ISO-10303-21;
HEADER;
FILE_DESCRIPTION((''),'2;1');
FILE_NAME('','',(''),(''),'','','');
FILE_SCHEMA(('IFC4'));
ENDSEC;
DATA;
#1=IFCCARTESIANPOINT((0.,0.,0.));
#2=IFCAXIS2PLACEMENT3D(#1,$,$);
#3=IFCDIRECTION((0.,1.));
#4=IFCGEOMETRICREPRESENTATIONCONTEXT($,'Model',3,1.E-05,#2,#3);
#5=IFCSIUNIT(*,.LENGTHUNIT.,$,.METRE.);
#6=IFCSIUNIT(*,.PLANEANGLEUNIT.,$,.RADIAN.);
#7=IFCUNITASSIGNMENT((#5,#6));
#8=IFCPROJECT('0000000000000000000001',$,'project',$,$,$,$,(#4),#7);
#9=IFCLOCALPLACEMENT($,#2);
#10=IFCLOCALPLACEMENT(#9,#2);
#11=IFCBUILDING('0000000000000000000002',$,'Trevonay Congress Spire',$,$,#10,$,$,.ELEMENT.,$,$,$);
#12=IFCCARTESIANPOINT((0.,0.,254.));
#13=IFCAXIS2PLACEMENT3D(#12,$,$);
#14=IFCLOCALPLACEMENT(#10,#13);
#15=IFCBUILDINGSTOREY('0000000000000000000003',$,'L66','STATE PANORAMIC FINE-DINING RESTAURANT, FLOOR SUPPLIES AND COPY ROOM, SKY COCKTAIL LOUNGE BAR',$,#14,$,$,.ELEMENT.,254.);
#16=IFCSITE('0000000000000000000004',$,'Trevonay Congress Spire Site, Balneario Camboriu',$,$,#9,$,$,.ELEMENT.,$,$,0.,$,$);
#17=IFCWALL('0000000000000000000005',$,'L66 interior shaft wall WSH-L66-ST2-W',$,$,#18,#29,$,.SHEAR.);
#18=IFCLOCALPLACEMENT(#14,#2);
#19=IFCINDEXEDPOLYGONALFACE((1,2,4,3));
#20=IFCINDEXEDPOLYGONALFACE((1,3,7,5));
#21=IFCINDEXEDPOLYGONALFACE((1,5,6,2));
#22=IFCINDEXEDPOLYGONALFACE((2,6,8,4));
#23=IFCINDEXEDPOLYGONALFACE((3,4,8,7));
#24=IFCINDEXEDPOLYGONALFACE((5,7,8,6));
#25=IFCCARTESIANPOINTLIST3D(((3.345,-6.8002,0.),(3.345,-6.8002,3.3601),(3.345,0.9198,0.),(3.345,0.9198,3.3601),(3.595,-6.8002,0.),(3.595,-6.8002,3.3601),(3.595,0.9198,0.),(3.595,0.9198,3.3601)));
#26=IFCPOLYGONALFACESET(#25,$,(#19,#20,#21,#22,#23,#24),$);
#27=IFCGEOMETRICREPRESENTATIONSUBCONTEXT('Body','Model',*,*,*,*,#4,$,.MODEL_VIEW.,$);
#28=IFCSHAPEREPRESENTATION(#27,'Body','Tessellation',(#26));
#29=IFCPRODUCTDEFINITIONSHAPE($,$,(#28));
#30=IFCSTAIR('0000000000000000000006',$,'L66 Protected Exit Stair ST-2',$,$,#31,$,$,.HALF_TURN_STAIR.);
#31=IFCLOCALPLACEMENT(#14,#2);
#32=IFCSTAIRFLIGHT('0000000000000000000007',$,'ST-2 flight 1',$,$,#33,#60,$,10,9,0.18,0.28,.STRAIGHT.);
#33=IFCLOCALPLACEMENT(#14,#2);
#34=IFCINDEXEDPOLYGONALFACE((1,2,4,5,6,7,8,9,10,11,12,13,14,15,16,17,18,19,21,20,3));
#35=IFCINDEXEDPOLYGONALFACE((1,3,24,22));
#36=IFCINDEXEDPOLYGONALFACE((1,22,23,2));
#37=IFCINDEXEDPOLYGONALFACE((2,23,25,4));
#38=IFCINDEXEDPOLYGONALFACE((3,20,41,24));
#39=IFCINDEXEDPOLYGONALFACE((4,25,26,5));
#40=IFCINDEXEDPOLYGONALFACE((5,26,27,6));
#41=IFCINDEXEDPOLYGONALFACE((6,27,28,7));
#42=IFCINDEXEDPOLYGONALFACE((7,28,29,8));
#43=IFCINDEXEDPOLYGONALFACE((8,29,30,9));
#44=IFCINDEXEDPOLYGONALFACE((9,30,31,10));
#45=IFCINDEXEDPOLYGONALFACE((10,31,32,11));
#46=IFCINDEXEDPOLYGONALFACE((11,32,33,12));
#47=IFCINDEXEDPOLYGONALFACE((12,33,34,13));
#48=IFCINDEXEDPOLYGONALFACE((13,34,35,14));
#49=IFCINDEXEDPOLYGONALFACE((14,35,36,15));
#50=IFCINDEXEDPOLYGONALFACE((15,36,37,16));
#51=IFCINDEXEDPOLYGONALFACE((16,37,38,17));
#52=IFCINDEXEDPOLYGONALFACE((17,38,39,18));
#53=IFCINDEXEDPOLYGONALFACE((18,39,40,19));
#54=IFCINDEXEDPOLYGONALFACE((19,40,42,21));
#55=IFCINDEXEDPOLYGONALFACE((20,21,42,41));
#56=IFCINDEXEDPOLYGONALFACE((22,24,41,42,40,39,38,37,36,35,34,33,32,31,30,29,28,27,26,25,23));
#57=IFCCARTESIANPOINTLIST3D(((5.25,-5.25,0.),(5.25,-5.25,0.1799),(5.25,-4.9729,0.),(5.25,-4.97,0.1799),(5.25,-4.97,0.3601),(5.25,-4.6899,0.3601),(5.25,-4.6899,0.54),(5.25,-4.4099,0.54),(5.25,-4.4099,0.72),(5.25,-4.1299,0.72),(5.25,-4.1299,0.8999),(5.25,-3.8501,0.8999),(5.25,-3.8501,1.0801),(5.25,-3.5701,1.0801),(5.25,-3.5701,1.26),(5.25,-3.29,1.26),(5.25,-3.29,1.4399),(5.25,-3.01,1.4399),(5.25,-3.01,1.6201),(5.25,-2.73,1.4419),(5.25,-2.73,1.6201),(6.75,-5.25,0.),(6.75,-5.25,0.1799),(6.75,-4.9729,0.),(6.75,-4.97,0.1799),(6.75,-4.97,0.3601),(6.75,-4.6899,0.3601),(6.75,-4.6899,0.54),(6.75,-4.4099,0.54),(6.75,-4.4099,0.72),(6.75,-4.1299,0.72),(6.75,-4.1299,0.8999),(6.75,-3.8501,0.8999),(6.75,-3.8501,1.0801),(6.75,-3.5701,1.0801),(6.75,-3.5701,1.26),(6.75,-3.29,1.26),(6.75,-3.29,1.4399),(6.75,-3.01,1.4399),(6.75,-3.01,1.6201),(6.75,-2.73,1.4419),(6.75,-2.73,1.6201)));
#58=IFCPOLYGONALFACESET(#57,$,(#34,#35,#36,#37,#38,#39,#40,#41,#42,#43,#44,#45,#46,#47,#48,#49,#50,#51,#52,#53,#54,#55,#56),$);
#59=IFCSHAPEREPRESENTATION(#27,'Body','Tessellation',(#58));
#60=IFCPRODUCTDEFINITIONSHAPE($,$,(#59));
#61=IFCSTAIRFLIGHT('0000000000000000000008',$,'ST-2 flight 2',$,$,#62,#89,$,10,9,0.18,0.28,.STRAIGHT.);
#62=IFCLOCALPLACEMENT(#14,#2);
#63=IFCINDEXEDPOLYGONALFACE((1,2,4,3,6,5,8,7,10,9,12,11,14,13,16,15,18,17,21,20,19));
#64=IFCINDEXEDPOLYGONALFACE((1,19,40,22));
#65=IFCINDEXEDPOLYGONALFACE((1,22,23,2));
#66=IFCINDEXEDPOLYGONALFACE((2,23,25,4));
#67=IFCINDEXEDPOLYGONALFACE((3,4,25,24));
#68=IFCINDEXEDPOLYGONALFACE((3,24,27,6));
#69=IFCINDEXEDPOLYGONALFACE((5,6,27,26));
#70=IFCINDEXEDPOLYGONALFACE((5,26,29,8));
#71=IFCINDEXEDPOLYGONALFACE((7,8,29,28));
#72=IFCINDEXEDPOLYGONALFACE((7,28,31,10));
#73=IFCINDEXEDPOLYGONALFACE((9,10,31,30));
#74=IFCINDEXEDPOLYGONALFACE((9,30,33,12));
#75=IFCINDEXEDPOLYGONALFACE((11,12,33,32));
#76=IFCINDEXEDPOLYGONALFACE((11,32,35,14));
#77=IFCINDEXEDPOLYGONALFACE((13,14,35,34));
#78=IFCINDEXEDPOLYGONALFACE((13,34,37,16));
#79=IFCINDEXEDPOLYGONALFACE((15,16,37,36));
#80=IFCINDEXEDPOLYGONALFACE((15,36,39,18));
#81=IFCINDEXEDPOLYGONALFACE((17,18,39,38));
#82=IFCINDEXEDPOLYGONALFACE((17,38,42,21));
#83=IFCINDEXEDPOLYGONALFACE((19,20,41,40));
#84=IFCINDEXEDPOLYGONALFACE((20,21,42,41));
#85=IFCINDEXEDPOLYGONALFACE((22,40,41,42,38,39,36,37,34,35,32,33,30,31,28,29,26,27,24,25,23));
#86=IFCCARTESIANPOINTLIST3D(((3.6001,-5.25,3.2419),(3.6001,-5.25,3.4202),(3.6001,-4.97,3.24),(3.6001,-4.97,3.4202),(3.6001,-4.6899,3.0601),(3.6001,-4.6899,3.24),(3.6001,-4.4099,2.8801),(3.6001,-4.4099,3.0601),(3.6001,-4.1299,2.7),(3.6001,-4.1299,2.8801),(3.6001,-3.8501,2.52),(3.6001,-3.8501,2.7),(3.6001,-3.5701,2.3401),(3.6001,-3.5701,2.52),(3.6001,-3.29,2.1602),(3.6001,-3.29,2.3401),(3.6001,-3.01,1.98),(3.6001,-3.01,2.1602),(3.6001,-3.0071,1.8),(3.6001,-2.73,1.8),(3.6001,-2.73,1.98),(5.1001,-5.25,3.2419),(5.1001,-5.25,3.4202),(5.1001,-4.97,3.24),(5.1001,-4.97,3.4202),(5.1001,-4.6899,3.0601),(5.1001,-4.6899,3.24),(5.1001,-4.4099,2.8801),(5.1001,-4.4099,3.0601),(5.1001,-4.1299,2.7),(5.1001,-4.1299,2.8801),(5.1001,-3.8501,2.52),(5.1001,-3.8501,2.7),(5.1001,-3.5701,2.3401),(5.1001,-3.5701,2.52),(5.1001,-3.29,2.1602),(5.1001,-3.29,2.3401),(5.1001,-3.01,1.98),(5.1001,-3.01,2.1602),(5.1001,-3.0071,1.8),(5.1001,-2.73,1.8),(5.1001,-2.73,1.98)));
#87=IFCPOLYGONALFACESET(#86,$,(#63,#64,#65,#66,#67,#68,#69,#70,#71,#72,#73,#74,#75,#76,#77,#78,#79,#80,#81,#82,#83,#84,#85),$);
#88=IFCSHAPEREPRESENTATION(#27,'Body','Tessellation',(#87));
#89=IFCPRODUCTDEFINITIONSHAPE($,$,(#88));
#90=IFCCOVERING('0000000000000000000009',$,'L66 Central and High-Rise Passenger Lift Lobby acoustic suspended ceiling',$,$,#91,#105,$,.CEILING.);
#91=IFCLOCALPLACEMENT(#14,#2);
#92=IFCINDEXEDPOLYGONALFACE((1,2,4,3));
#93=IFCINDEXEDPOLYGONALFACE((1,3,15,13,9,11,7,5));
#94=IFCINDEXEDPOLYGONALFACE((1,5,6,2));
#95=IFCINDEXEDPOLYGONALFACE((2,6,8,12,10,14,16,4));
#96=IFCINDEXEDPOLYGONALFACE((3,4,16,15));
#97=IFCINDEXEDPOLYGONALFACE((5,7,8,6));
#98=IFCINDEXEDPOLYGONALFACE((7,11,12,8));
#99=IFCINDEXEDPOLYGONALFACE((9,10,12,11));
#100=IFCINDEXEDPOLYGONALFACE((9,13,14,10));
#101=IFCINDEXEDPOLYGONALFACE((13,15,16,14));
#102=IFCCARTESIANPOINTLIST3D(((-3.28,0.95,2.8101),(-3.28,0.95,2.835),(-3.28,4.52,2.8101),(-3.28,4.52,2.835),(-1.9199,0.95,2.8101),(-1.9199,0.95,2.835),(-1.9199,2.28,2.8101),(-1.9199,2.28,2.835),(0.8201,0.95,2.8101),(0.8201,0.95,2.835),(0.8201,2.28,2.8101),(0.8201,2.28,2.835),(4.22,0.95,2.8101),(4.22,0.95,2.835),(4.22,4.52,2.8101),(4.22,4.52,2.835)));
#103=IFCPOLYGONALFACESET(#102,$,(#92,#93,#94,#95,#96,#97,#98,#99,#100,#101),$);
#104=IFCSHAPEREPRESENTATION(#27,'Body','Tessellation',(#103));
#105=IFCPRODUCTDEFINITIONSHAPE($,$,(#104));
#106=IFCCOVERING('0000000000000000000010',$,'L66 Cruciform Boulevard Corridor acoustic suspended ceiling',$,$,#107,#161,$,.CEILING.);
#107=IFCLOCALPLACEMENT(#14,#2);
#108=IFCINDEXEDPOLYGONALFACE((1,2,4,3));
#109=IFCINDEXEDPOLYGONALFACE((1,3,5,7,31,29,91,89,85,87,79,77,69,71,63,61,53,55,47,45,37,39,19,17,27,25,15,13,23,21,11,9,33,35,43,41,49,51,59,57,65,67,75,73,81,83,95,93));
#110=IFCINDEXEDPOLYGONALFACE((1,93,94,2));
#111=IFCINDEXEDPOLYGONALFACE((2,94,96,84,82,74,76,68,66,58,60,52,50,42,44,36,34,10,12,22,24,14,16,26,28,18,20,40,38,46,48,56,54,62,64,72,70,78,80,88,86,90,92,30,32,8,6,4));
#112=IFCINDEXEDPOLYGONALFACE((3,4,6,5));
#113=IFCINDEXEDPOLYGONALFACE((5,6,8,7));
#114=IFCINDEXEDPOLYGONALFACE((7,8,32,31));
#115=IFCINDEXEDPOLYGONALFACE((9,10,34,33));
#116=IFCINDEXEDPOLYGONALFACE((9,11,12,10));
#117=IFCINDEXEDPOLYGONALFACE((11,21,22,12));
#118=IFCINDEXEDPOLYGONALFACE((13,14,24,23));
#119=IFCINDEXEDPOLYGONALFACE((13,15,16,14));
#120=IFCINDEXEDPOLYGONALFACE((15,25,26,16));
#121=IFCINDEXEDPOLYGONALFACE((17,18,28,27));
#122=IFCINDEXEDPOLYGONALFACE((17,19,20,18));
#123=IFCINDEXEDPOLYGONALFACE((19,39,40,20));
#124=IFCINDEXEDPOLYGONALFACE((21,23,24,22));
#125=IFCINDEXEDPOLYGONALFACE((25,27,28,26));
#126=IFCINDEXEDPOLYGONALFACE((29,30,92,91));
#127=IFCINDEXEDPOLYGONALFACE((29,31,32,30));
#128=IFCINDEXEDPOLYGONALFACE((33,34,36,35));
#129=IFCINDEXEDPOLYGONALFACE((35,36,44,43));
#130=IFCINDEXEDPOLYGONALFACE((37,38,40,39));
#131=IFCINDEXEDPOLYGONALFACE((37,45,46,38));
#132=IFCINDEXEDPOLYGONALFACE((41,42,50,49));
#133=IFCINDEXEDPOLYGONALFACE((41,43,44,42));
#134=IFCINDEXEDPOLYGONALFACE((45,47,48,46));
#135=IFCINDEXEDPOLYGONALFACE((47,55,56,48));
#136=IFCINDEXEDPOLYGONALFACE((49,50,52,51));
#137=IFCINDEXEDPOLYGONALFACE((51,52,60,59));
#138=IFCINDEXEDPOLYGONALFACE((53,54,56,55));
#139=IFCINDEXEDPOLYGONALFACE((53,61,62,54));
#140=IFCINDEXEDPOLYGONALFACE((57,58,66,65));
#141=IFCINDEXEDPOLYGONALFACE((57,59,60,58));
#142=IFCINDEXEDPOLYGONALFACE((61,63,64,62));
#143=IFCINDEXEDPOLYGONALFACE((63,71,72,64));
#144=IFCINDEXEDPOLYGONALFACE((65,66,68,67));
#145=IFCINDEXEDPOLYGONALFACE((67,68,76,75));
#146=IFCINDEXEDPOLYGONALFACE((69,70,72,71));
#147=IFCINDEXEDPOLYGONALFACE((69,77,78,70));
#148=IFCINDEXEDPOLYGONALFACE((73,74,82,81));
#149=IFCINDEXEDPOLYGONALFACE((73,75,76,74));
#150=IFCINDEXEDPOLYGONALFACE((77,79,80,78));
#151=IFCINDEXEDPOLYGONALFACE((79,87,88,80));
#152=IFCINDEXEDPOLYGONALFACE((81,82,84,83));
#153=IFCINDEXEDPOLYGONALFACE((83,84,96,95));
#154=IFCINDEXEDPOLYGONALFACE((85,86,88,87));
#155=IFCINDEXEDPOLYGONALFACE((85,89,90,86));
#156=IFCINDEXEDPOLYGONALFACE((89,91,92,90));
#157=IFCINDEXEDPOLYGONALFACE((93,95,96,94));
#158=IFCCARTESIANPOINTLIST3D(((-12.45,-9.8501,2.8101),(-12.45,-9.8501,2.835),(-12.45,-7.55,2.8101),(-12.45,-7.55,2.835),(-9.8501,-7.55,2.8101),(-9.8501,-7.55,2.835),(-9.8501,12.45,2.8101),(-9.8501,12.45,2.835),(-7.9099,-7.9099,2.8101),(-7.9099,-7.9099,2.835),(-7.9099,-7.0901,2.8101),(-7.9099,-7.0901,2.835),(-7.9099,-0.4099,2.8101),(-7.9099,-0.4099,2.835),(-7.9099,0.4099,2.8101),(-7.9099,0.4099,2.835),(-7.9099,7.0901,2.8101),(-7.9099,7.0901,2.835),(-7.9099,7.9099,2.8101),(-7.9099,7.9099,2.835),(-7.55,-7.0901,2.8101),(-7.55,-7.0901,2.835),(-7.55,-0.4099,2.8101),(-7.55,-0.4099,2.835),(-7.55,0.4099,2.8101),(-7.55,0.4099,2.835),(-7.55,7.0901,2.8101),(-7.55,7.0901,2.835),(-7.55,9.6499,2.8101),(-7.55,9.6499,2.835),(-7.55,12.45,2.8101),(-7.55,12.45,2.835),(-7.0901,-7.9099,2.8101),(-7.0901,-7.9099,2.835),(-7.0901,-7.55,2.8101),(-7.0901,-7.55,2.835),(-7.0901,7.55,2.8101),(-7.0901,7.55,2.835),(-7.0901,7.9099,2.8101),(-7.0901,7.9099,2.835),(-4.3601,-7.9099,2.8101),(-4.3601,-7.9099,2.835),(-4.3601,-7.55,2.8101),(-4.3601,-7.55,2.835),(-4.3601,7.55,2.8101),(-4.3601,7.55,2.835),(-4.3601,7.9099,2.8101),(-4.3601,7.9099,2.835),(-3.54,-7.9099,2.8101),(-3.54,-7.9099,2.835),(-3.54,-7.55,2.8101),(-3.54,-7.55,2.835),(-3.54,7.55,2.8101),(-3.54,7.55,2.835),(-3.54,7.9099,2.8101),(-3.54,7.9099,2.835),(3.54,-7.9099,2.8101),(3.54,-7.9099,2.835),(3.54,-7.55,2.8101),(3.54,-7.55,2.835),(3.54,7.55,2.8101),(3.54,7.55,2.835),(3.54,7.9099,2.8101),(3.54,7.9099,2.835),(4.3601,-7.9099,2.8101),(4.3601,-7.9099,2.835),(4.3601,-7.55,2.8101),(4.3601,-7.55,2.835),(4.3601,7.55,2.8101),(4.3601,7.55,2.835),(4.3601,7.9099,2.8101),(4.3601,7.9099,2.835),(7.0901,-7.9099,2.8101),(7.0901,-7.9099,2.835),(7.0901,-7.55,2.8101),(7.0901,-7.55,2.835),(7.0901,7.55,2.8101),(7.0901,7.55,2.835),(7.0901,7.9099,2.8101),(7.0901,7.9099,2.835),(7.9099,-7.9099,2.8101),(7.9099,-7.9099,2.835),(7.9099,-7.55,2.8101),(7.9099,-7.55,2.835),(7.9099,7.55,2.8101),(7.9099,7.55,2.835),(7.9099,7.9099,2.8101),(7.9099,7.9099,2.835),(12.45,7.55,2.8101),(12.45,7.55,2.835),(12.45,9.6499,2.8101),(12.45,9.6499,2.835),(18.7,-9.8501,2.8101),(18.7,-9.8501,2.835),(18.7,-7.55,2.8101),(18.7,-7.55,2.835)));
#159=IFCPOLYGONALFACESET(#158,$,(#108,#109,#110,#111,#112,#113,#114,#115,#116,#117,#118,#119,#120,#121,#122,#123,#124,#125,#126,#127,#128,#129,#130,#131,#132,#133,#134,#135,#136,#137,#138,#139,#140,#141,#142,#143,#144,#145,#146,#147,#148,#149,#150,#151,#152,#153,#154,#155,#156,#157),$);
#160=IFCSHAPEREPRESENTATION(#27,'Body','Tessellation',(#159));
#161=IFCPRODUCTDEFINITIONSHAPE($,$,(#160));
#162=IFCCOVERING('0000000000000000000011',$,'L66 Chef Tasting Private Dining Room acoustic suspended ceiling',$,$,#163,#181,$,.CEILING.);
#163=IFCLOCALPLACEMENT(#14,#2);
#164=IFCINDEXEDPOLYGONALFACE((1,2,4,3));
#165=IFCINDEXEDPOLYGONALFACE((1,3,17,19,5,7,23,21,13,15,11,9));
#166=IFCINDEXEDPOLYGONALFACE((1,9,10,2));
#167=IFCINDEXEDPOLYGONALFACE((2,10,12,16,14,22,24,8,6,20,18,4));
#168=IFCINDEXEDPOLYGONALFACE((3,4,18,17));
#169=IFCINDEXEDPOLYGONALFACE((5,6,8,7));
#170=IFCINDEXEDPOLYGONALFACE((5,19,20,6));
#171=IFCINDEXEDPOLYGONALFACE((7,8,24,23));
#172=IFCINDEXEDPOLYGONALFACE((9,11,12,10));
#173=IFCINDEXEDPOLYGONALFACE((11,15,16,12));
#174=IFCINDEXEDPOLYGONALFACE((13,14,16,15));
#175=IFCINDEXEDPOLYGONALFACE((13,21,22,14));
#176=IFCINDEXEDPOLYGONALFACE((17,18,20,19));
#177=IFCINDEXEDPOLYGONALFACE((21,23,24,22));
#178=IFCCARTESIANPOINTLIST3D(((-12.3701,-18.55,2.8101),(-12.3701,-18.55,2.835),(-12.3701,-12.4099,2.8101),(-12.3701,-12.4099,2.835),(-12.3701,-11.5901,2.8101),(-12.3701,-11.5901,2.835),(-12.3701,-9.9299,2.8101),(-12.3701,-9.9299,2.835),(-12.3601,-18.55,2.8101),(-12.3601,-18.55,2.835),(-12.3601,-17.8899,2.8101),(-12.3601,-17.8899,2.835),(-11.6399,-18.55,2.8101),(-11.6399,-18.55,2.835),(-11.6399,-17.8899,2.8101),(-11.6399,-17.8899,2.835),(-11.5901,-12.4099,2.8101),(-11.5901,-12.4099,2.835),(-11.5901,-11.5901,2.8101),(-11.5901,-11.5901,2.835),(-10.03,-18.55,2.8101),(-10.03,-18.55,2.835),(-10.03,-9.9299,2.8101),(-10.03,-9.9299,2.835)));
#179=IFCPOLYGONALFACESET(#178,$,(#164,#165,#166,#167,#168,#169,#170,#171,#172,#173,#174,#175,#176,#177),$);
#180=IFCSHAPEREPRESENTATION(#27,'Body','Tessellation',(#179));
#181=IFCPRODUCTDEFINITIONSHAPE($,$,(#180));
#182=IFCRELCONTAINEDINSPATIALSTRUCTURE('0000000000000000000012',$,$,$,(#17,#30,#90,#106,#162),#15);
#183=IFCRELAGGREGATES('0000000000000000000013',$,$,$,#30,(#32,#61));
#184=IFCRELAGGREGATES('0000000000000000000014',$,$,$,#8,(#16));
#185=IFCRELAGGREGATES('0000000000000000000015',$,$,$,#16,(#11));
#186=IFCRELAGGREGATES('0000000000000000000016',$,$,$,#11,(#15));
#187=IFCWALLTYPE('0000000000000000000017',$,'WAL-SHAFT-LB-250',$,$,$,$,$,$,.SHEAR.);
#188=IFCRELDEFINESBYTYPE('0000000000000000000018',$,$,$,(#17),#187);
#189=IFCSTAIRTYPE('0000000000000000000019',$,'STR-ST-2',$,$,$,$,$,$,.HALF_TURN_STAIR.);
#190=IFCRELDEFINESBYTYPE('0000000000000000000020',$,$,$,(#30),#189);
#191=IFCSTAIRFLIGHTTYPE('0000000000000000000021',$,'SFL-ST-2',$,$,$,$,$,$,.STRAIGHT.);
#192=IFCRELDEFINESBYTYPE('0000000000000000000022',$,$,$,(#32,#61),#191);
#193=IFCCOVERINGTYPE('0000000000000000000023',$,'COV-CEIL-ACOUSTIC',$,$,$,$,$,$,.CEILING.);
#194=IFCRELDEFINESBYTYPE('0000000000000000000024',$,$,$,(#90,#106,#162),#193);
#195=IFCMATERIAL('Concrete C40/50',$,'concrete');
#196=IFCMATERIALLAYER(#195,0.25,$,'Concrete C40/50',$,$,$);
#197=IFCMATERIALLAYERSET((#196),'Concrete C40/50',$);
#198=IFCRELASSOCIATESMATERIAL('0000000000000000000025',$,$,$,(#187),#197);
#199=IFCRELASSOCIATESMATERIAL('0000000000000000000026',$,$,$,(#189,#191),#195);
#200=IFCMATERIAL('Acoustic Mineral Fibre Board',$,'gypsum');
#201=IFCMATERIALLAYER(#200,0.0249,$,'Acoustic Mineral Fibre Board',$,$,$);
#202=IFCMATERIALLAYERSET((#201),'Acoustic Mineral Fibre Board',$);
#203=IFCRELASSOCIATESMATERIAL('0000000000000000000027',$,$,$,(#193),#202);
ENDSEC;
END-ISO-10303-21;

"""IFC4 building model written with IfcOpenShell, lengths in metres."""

from ifc_helpers import new_model, si_unit, direction, frame, frame_2d, origin, place, context, subcontext, project, spatial, polyline, rectangle, outline, extrude, material, layer, layer_set, type_object, element, aggregate, save


model = new_model("IFC4")

# Units and contexts
model_context = context("Model", 3, precision=1e-05, world=origin(), true_north=direction((0.0, 1.0)))
body_context = subcontext(model_context, "Body", "Model", "MODEL_VIEW")
ifc_project = project(units=[si_unit("LENGTHUNIT", "METRE"), si_unit("PLANEANGLEUNIT", "RADIAN")], contexts=[model_context])

# Site, building, storey
site_placement = place(None, origin())
site = spatial("IfcSite", under=ifc_project, at=site_placement, Name="Trevonay Congress Spire Site, Balneario Camboriu", CompositionType="ELEMENT", RefElevation=0.0)
building_placement = place(site_placement, origin())
building = spatial("IfcBuilding", under=site, at=building_placement, Name="Trevonay Congress Spire", CompositionType="ELEMENT")
storey_placement = place(building_placement, frame((0.0, 0.0, 254.0)))
storey = spatial("IfcBuildingStorey", under=building, at=storey_placement, Name="L66", Description="STATE PANORAMIC FINE-DINING RESTAURANT, FLOOR SUPPLIES AND COPY ROOM, SKY COCKTAIL LOUNGE BAR", CompositionType="ELEMENT", Elevation=254.0)

# Wall
ifc_material_1 = material(Name="Concrete C40/50", Category="concrete")
ifc_layer_1 = layer(ifc_material_1, 0.25, Name="Concrete C40/50")
ifc_layer_set_1 = layer_set([ifc_layer_1], Name="Concrete C40/50")
wall_type_1 = type_object("IfcWallType", Name="WAL-SHAFT-LB-250", PredefinedType="SHEAR", material=ifc_layer_set_1)
wall_1_placement = place(storey_placement, frame((3.47, -6.8, 0.0), z_axis=(0.0, 0.0, 1.0), x_axis=(0.0, 1.0, 0.0)))
element("IfcWall", 1, at=wall_1_placement, inside=storey, type_object=wall_type_1, Name="L66 interior shaft wall WSH-L66-ST2-W", PredefinedType="SHEAR", context=body_context, shape_type="SweptSolid", body=[
    extrude(rectangle(XDim=7.72, YDim=0.25, at=frame_2d((3.8599, 0.0))), origin(), (0.0, 0.0, 1.0), 3.3601),
])

# Stair, stair flights
stair_type = type_object("IfcStairType", Name="STR-ST-2", PredefinedType="HALF_TURN_STAIR", material=ifc_material_1)
stair_placement = place(storey_placement, origin())
stair = element("IfcStair", 2, at=stair_placement, inside=storey, type_object=stair_type, Name="L66 Protected Exit Stair ST-2", PredefinedType="HALF_TURN_STAIR")
stair_flight_type = type_object("IfcStairFlightType", Name="SFL-ST-2", PredefinedType="STRAIGHT", material=ifc_material_1)
stair_flight_1_placement = place(storey_placement, frame((6.0, -5.25, 0.0), z_axis=(0.0, 0.0, 1.0), x_axis=(0.0, 1.0, 0.0)))
stair_flight_1 = element("IfcStairFlight", 3, at=stair_flight_1_placement, type_object=stair_flight_type, Name="ST-2 flight 1", NumberOfRisers=10, NumberOfTreads=9, PredefinedType="STRAIGHT", RiserHeight=0.18, TreadLength=0.28, context=body_context, shape_type="SweptSolid", body=[
    extrude(outline(polyline([(0.0, 0.0), (0.0, 0.1799), (0.28, 0.1799), (0.28, 0.3601), (0.5601, 0.3601), (0.5601, 0.54), (0.8401, 0.54), (0.8401, 0.72), (1.1201, 0.72), (1.1201, 0.8999), (1.3999, 0.8999), (1.3999, 1.0801), (1.6799, 1.0801), (1.6799, 1.26), (1.96, 1.26), (1.96, 1.4399), (2.24, 1.4399), (2.24, 1.6201), (2.52, 1.6201), (2.52, 1.8), (2.52, 1.4419), (0.2771, 0.0), (0.0, 0.0)])), frame((0.0, 0.75, 0.0), z_axis=(0.0, -1.0, 0.0), x_axis=(1.0, 0.0, 0.0)), (0.0, 0.0, 1.0), 1.5),
])
stair_flight_2_placement = place(storey_placement, frame((4.3501, -2.73, 1.8), z_axis=(0.0, 0.0, 1.0), x_axis=(0.0, -1.0, 0.0)))
stair_flight_2 = element("IfcStairFlight", 4, at=stair_flight_2_placement, type_object=stair_flight_type, Name="ST-2 flight 2", NumberOfRisers=10, NumberOfTreads=9, PredefinedType="STRAIGHT", RiserHeight=0.18, TreadLength=0.28, context=body_context, shape_type="SweptSolid", body=[
    extrude(outline(polyline([(0.0, 0.0), (0.0, 0.1799), (0.28, 0.1799), (0.28, 0.3601), (0.5601, 0.3601), (0.5601, 0.54), (0.8401, 0.54), (0.8401, 0.72), (1.1201, 0.72), (1.1201, 0.8999), (1.3999, 0.8999), (1.3999, 1.0801), (1.6799, 1.0801), (1.6799, 1.26), (1.96, 1.26), (1.96, 1.4399), (2.24, 1.4399), (2.24, 1.6201), (2.52, 1.6201), (2.52, 1.8), (2.52, 1.4419), (0.2771, 0.0), (0.0, 0.0)])), frame((0.0, 0.75, 0.0), z_axis=(0.0, -1.0, 0.0), x_axis=(1.0, 0.0, 0.0)), (0.0, 0.0, 1.0), 1.5),
])
aggregate(stair, [stair_flight_1, stair_flight_2])

# Coverings
ifc_material_2 = material(Name="Acoustic Mineral Fibre Board", Category="gypsum")
ifc_layer_2 = layer(ifc_material_2, 0.0249, Name="Acoustic Mineral Fibre Board")
ifc_layer_set_2 = layer_set([ifc_layer_2], Name="Acoustic Mineral Fibre Board")
covering_type_1 = type_object("IfcCoveringType", Name="COV-CEIL-ACOUSTIC", PredefinedType="CEILING", material=ifc_layer_set_2)
covering_1_placement = place(storey_placement, frame((0.0, 0.0, 2.8101)))
element("IfcCovering", 5, at=covering_1_placement, inside=storey, type_object=covering_type_1, Name="L66 Central and High-Rise Passenger Lift Lobby acoustic suspended ceiling", PredefinedType="CEILING", context=body_context, shape_type="SweptSolid", body=[
    extrude(outline(polyline([(-3.28, 0.95), (-1.9199, 0.95), (-1.9199, 2.28), (0.8201, 2.28), (0.8201, 0.95), (4.22, 0.95), (4.22, 4.52), (-3.28, 4.52), (-3.28, 0.95)])), origin(), (0.0, 0.0, 1.0), 0.0249),
])
covering_2_placement = place(storey_placement, frame((0.0, 0.0, 2.8101)))
element("IfcCovering", 6, at=covering_2_placement, inside=storey, type_object=covering_type_1, Name="L66 Cruciform Boulevard Corridor acoustic suspended ceiling", PredefinedType="CEILING", context=body_context, shape_type="SweptSolid", body=[
    extrude(outline(polyline([(18.7, -7.55), (18.7, -9.8501), (-12.45, -9.8501), (-12.45, -7.55), (-9.8501, -7.55), (-9.8501, 12.45), (-7.55, 12.45), (-7.55, 9.6499), (12.45, 9.6499), (12.45, 7.55), (7.9099, 7.55), (7.9099, 7.9099), (7.0901, 7.9099), (7.0901, 7.55), (4.3601, 7.55), (4.3601, 7.9099), (3.54, 7.9099), (3.54, 7.55), (-3.54, 7.55), (-3.54, 7.9099), (-4.3601, 7.9099), (-4.3601, 7.55), (-7.0901, 7.55), (-7.0901, 7.9099), (-7.9099, 7.9099), (-7.9099, 7.0901), (-7.55, 7.0901), (-7.55, 0.4099), (-7.9099, 0.4099), (-7.9099, -0.4099), (-7.55, -0.4099), (-7.55, -7.0901), (-7.9099, -7.0901), (-7.9099, -7.9099), (-7.0901, -7.9099), (-7.0901, -7.55), (-4.3601, -7.55), (-4.3601, -7.9099), (-3.54, -7.9099), (-3.54, -7.55), (3.54, -7.55), (3.54, -7.9099), (4.3601, -7.9099), (4.3601, -7.55), (7.0901, -7.55), (7.0901, -7.9099), (7.9099, -7.9099), (7.9099, -7.55), (18.7, -7.55)])), origin(), (0.0, 0.0, 1.0), 0.0249),
])
covering_3_placement = place(storey_placement, frame((0.0, 0.0, 2.8101)))
element("IfcCovering", 7, at=covering_3_placement, inside=storey, type_object=covering_type_1, Name="L66 Chef Tasting Private Dining Room acoustic suspended ceiling", PredefinedType="CEILING", context=body_context, shape_type="SweptSolid", body=[
    extrude(outline(polyline([(-12.3701, -18.55), (-12.3701, -12.4099), (-11.5901, -12.4099), (-11.5901, -11.5901), (-12.3701, -11.5901), (-12.3701, -9.9299), (-10.03, -9.9299), (-10.03, -18.55), (-11.6399, -18.55), (-11.6399, -17.8899), (-12.3601, -17.8899), (-12.3601, -18.55), (-12.3701, -18.55)])), origin(), (0.0, 0.0, 1.0), 0.0249),
])

save(model, "model.ifc")
